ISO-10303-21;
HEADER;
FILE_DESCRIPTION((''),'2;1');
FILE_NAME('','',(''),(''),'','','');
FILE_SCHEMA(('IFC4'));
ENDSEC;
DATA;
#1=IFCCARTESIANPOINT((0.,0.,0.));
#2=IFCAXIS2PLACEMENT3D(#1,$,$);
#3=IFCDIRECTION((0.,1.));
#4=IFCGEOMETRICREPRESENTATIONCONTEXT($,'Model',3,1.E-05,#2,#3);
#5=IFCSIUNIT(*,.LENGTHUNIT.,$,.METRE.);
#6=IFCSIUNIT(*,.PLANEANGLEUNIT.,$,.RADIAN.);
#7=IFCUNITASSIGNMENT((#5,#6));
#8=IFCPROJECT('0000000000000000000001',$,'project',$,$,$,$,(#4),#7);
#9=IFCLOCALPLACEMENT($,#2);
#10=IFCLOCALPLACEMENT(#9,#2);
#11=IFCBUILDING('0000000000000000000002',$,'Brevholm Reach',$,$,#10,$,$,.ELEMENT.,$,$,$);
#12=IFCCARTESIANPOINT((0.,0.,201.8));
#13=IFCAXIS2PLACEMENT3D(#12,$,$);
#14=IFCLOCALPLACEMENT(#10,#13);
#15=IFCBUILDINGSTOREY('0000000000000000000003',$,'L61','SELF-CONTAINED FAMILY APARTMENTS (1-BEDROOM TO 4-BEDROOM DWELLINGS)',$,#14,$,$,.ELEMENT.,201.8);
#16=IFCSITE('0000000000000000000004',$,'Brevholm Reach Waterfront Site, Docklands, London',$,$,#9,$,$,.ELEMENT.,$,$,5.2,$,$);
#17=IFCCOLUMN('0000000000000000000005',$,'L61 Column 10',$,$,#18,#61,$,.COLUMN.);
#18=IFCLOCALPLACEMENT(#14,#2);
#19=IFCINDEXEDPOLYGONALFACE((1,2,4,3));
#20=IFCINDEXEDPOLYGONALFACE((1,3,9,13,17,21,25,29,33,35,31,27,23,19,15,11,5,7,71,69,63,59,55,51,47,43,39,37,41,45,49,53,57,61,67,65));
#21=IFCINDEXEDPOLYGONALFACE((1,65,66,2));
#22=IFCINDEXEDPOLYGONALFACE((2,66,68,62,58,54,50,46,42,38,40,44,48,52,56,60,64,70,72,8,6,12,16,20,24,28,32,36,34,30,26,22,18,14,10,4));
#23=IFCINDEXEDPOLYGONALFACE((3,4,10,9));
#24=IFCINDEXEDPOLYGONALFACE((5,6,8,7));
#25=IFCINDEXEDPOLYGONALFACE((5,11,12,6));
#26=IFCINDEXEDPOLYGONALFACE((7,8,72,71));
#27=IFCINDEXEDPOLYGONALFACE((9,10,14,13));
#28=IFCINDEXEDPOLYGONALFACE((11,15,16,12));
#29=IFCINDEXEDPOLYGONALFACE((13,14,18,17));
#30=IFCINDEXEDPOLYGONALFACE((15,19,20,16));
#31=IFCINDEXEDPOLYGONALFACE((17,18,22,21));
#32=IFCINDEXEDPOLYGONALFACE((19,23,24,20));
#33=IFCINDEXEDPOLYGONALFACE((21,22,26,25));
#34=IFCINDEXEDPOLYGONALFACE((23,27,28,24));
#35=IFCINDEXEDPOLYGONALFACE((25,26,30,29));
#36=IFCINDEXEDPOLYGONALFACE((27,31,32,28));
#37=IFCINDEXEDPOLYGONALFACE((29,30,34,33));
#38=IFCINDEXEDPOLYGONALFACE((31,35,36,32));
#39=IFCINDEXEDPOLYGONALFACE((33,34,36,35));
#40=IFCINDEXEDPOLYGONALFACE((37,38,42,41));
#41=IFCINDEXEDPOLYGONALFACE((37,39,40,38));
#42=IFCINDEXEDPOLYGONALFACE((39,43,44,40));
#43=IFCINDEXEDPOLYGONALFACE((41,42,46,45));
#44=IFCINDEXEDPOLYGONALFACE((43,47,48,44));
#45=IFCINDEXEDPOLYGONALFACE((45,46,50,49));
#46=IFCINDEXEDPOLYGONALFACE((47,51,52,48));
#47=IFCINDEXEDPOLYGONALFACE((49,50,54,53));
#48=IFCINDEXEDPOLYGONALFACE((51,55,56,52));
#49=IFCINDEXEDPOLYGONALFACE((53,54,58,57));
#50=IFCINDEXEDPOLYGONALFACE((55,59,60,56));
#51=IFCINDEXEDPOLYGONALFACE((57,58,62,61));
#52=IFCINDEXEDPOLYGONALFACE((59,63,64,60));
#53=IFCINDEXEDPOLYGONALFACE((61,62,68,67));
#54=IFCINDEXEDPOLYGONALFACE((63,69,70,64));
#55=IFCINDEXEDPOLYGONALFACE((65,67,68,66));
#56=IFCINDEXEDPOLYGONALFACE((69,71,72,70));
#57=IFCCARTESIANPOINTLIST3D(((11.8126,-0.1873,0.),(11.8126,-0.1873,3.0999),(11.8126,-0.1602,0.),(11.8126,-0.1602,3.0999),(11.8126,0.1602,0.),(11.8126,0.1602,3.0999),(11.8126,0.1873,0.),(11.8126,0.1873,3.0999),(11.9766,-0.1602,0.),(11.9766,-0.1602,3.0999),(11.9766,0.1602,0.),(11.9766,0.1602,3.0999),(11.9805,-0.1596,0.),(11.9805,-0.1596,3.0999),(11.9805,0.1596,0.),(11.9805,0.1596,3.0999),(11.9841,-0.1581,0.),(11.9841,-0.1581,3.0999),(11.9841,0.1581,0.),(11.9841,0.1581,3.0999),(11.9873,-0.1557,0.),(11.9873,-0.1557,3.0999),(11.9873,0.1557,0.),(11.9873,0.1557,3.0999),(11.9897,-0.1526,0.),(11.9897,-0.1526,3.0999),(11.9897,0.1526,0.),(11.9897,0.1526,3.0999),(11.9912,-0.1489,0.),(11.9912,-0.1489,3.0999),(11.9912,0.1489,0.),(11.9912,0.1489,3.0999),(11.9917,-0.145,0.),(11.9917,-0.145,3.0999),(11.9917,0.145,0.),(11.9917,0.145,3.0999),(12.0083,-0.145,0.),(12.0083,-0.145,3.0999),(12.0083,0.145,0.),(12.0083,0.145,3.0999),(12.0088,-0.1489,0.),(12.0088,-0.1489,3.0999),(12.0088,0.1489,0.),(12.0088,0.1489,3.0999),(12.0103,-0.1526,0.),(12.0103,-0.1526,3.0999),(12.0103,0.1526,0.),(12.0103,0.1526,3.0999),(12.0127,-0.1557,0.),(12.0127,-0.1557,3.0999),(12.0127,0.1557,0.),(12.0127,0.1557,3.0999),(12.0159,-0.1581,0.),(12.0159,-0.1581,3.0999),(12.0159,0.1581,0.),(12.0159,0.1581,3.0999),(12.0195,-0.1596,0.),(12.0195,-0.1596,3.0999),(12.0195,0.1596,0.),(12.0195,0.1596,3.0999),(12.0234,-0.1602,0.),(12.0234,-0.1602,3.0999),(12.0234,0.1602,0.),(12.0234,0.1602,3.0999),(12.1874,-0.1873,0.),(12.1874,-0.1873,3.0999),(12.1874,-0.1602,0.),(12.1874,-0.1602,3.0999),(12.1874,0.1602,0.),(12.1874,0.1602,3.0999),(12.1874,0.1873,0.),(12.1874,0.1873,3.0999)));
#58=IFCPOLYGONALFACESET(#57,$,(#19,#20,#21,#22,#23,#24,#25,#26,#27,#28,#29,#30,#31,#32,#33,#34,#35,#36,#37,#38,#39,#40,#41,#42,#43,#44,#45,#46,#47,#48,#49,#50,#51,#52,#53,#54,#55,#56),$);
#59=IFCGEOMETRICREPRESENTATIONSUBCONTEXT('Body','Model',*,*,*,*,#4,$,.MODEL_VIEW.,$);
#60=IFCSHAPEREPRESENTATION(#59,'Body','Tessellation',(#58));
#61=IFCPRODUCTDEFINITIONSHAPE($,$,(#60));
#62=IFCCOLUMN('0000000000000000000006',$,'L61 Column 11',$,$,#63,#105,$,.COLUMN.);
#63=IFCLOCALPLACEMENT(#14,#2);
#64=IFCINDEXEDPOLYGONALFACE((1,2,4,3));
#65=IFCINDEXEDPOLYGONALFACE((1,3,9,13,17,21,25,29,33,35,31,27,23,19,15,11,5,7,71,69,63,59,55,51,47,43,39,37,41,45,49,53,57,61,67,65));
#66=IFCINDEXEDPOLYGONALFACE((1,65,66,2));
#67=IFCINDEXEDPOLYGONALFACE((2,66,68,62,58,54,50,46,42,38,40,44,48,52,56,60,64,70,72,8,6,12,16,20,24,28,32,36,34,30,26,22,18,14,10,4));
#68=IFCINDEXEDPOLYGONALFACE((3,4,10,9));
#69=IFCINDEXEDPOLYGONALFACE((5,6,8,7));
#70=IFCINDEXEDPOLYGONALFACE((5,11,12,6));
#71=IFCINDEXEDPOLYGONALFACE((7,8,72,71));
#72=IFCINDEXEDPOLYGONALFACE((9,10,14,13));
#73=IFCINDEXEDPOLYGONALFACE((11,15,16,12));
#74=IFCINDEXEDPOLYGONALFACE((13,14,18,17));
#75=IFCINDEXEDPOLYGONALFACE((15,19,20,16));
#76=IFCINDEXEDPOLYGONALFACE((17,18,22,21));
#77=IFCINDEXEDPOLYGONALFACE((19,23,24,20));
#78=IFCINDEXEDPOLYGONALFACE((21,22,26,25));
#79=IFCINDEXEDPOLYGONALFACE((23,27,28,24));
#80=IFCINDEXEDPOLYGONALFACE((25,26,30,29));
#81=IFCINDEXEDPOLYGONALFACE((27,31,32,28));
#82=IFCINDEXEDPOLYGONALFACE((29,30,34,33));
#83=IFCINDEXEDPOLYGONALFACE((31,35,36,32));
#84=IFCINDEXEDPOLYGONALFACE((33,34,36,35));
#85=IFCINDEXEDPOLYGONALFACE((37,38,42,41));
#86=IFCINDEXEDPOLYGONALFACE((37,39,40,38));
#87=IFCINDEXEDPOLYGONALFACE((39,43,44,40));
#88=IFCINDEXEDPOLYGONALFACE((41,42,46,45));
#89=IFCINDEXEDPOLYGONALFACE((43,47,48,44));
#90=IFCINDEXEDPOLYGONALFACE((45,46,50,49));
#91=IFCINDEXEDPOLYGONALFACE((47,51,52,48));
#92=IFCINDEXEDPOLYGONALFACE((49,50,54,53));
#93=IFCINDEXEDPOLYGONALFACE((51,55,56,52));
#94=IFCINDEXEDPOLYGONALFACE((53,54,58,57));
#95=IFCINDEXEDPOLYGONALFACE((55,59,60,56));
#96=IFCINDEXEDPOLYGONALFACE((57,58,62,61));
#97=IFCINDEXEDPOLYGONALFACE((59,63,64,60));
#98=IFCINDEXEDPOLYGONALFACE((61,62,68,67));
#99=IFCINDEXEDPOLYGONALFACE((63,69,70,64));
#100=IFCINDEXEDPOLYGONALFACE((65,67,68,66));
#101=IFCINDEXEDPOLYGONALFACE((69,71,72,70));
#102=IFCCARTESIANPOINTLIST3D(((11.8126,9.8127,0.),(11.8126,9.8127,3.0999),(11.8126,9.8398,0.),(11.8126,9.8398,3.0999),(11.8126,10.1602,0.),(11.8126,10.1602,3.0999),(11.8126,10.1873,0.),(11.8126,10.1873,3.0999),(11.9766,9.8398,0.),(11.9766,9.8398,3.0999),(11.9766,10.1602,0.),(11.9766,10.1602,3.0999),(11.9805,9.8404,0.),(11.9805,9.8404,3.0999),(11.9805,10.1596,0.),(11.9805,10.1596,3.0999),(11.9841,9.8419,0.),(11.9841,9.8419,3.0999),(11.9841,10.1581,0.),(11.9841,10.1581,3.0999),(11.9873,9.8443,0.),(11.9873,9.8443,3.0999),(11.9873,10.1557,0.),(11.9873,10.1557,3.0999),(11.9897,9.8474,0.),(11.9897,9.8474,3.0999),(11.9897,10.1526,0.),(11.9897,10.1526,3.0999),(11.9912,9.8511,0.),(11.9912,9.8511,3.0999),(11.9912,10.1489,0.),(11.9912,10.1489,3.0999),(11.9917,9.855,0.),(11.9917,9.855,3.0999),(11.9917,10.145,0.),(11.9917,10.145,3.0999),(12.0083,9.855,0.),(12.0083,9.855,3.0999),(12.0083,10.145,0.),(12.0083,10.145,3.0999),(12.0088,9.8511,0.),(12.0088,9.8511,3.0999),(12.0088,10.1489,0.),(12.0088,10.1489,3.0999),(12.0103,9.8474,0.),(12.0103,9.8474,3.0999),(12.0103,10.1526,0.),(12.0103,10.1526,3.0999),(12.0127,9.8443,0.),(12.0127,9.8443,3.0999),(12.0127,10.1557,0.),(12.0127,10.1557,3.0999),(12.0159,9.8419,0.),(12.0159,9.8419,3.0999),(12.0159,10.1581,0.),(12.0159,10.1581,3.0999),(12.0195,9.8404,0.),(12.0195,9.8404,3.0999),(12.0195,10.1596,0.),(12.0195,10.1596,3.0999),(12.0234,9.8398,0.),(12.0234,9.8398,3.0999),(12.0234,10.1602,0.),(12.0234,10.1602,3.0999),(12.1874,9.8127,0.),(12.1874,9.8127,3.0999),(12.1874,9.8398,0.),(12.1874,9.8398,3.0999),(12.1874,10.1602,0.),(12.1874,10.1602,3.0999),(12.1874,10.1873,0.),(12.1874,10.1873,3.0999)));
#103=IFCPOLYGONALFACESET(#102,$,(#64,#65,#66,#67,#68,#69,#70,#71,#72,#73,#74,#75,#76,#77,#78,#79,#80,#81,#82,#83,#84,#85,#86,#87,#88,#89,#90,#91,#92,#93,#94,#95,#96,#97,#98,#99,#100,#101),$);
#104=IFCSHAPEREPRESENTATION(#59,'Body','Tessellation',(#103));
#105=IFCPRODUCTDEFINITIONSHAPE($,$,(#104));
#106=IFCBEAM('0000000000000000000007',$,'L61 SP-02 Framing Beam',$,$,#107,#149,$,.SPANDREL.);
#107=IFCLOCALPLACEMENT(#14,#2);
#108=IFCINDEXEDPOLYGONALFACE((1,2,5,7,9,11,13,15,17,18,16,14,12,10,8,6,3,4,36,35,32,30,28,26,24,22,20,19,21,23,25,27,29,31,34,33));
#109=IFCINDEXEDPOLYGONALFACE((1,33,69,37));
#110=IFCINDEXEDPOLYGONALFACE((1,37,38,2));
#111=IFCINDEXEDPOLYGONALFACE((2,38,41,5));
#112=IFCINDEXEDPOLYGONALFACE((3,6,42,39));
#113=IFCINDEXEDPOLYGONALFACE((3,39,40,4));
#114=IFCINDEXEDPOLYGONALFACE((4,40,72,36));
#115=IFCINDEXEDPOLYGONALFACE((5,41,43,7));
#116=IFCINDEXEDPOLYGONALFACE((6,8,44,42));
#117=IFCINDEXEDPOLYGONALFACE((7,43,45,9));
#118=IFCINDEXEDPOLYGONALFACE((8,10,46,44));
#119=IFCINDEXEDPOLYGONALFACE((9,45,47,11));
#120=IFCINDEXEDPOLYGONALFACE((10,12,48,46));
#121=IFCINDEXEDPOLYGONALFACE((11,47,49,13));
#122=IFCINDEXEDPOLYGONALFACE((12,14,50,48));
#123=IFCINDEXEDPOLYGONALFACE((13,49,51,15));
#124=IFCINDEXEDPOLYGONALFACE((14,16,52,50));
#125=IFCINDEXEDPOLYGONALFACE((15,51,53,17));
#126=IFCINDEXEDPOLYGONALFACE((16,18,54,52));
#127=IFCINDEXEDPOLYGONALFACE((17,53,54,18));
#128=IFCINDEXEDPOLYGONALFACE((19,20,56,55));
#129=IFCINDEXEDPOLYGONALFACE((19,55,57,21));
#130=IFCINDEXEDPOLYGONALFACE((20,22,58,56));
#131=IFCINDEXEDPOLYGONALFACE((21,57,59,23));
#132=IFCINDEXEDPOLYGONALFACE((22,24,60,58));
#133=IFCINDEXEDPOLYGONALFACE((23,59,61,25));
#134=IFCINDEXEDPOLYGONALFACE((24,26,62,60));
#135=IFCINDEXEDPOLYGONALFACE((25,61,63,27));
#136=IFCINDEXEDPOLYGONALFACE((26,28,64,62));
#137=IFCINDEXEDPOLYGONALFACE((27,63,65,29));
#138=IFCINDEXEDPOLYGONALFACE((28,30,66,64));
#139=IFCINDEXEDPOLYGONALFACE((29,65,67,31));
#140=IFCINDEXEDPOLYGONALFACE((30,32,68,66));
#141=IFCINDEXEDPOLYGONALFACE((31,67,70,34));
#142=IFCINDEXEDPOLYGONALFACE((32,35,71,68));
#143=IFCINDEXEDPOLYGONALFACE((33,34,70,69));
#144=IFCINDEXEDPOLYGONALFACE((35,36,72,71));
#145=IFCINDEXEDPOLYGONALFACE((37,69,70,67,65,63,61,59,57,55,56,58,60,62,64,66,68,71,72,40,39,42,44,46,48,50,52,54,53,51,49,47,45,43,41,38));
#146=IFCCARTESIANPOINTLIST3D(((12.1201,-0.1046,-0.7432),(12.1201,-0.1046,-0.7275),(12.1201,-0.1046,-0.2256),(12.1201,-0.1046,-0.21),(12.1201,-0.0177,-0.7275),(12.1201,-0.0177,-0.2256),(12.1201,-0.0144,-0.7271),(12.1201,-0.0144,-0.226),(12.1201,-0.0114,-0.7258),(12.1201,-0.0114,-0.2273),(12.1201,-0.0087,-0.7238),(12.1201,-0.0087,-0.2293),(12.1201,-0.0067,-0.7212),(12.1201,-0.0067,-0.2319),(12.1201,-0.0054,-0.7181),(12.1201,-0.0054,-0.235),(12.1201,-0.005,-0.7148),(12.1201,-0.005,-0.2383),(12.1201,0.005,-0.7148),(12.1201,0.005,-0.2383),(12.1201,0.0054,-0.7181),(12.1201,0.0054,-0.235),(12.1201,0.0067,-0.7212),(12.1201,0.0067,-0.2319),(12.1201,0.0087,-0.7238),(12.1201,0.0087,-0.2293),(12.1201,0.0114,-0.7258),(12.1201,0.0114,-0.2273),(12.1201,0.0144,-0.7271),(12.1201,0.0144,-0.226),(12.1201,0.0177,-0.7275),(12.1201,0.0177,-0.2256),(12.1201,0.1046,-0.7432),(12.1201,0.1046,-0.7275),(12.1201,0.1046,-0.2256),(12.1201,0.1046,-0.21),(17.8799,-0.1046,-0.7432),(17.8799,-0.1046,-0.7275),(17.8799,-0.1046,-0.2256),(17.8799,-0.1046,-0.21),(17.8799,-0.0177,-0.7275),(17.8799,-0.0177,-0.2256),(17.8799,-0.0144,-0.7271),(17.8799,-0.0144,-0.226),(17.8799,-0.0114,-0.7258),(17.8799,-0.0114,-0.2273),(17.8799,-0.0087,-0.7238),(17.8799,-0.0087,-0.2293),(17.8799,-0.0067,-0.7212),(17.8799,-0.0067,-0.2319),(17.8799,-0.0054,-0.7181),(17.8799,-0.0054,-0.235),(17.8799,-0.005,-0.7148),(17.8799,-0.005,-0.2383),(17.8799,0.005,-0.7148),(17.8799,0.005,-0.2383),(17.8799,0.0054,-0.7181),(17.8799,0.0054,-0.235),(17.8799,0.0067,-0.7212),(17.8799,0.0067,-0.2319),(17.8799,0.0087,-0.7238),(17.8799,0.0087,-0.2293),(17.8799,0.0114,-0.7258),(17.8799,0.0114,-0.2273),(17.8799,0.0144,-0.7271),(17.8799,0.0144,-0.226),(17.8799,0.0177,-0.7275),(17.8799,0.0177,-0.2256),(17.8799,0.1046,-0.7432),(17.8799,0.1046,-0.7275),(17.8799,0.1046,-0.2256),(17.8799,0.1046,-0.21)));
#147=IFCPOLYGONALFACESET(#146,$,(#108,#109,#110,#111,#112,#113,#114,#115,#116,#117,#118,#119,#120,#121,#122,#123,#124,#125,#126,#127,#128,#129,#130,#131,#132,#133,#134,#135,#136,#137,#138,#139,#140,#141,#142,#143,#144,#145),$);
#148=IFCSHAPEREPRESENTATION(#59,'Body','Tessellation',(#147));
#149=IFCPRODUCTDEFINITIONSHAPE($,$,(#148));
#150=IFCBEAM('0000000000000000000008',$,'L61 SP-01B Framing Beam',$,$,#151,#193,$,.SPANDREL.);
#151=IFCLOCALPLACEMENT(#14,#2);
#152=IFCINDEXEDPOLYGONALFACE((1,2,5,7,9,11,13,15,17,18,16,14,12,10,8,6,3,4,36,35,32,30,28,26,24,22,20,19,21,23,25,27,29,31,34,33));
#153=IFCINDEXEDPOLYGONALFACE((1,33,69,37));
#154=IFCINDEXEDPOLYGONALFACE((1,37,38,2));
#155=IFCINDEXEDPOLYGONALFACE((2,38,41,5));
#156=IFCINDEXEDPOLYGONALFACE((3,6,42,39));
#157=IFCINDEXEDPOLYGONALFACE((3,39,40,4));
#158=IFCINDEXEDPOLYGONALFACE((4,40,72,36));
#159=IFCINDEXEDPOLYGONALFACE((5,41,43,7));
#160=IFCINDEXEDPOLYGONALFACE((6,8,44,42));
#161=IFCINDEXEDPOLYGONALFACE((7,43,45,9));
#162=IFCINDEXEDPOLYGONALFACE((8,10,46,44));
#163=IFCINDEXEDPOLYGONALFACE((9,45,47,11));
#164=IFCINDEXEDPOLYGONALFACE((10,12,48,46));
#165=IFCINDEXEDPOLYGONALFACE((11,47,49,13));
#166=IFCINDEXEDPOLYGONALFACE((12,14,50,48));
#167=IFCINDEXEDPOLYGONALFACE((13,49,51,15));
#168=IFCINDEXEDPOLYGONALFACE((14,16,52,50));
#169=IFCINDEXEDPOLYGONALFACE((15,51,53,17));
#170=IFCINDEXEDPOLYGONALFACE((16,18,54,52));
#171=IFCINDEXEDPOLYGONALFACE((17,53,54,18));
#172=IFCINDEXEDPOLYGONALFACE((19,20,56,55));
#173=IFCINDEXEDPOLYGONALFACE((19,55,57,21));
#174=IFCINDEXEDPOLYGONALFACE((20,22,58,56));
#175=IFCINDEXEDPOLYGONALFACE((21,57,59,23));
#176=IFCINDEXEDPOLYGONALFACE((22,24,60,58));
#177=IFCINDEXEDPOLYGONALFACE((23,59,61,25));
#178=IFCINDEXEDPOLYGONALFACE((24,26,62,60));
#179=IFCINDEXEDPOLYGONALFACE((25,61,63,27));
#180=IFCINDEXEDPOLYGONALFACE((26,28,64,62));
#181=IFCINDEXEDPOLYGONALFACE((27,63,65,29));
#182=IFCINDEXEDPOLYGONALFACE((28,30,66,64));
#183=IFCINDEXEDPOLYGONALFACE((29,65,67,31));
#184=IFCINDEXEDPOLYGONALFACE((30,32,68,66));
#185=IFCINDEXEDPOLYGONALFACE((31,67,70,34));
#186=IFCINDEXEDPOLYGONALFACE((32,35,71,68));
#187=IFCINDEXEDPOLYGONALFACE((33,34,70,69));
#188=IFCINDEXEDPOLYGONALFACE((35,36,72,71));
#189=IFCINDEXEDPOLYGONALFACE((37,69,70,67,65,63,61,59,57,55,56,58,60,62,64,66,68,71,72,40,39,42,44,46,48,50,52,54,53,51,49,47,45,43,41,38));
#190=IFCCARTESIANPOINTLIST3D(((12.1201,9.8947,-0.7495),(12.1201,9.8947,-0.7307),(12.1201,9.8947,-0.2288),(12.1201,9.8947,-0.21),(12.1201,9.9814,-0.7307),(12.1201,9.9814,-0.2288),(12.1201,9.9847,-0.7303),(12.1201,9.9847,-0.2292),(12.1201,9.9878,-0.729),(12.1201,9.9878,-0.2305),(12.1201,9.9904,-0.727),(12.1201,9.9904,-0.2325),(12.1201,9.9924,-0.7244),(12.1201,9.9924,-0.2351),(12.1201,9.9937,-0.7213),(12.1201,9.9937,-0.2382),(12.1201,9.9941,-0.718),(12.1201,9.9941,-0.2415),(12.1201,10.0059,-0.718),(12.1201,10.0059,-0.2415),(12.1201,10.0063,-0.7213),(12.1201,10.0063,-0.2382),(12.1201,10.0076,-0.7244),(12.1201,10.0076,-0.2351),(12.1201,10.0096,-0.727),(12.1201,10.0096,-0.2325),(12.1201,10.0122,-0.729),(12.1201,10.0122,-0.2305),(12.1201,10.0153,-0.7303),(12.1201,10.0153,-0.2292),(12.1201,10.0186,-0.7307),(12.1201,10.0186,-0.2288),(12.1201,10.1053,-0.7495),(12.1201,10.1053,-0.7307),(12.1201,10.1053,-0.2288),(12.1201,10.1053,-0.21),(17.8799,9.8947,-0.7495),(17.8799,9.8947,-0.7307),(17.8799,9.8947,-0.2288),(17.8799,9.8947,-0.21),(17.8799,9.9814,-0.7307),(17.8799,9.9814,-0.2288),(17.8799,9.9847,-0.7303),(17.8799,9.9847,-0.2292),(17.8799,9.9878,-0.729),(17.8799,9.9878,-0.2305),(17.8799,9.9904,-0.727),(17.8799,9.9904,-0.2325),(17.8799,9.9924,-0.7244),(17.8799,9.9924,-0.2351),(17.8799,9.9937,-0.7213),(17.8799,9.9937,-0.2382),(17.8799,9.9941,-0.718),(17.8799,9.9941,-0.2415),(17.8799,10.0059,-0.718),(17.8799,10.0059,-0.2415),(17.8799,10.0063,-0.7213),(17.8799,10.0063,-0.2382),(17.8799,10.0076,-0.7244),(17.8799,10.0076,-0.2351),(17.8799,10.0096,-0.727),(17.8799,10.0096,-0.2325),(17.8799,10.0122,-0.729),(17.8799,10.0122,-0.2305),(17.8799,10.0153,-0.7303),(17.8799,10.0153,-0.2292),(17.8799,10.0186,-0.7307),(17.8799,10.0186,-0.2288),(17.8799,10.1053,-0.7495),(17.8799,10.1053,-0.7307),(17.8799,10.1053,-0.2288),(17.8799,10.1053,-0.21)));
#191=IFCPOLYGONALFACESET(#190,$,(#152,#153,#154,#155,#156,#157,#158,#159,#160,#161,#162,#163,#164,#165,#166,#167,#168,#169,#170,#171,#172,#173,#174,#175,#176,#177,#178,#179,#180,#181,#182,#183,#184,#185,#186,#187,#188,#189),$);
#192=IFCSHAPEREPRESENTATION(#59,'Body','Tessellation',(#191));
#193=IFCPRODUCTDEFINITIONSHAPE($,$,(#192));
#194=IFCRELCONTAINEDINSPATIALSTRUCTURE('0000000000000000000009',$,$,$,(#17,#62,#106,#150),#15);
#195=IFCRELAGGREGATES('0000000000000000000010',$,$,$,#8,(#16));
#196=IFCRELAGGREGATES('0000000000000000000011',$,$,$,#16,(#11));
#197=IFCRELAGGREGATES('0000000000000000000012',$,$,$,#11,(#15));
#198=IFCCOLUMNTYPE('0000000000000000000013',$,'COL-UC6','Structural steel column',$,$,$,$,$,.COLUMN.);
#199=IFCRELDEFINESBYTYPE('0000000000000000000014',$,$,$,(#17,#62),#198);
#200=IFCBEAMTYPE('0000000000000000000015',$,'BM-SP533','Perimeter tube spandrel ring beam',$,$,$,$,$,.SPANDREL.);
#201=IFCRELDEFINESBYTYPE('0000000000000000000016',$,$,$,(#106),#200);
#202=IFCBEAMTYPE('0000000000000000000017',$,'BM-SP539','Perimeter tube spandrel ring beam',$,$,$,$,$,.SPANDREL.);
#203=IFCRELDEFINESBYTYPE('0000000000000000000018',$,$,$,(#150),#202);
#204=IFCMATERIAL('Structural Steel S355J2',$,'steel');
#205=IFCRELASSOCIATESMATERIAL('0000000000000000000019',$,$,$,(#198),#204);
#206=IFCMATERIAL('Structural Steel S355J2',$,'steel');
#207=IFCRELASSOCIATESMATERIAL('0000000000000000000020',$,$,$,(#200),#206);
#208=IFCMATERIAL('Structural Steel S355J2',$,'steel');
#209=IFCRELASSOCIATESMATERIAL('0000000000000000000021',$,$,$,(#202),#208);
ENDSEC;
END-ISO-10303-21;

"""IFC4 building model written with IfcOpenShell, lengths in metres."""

from ifc_helpers import new_model, si_unit, direction, frame, origin, origin_2d, place, context, subcontext, project, spatial, i_section, extrude, material, material_profile, profile_set, type_object, element, save


model = new_model("IFC4")

# Units and contexts
model_context = context("Model", 3, precision=1e-05, world=origin(), true_north=direction((0.0, 1.0)))
body_context = subcontext(model_context, "Body", "Model", "MODEL_VIEW")
ifc_project = project(units=[si_unit("LENGTHUNIT", "METRE"), si_unit("PLANEANGLEUNIT", "RADIAN")], contexts=[model_context])

# Site, building, storey
site_placement = place(None, origin())
site = spatial("IfcSite", under=ifc_project, at=site_placement, Name="Brevholm Reach Waterfront Site, Docklands, London", CompositionType="ELEMENT", RefElevation=5.2)
building_placement = place(site_placement, origin())
building = spatial("IfcBuilding", under=site, at=building_placement, Name="Brevholm Reach", CompositionType="ELEMENT")
storey_placement = place(building_placement, frame((0.0, 0.0, 201.8)))
storey = spatial("IfcBuildingStorey", under=building, at=storey_placement, Name="L61", Description="SELF-CONTAINED FAMILY APARTMENTS (1-BEDROOM TO 4-BEDROOM DWELLINGS)", CompositionType="ELEMENT", Elevation=201.8)

# Columns
ifc_material_1 = material(Name="Structural Steel S355J2", Category="steel")
ifc_material_profile_1 = material_profile(ifc_material_1, i_section(OverallWidth=0.3748, OverallDepth=0.3745, WebThickness=0.0166, FlangeThickness=0.0271, FilletRadius=0.0151, at=origin_2d()), Name="UKC 356x368x202")
ifc_profile_set_1 = profile_set([ifc_material_profile_1], Name="Structural Steel S355J2")
column_type = type_object("IfcColumnType", Name="COL-UC6", Description="Structural steel column", PredefinedType="COLUMN", material=ifc_profile_set_1)
for number, where, z_axis, x_axis, name in (
    (1, (12.0, 0.0, 0.0), (0.0, 0.0, 1.0), (1.0, 0.0, 0.0), "L61 Column 10"),
    (2, (12.0, 10.0, 0.0), (0.0, 0.0, 1.0), (1.0, 0.0, 0.0), "L61 Column 11"),
):
    element("IfcColumn", number, at=place(storey_placement, frame(where, z_axis=z_axis, x_axis=x_axis)), inside=storey, type_object=column_type, Name=name, PredefinedType="COLUMN", context=body_context, shape_type="SweptSolid", body=[
        extrude(i_section(OverallWidth=0.3748, OverallDepth=0.3745, WebThickness=0.0166, FlangeThickness=0.0271, FilletRadius=0.0151, at=origin_2d()), origin(), (0.0, 0.0, 1.0), 3.0999),
    ])

# Beams
ifc_material_2 = material(Name="Structural Steel S355J2", Category="steel")
ifc_material_profile_2 = material_profile(ifc_material_2, i_section(OverallWidth=0.2092, OverallDepth=0.5332, WebThickness=0.01, FlangeThickness=0.0156, FilletRadius=0.0127, at=origin_2d()), Name="UKB 533x210x92")
ifc_profile_set_2 = profile_set([ifc_material_profile_2], Name="Structural Steel S355J2")
beam_type_1 = type_object("IfcBeamType", Name="BM-SP533", Description="Perimeter tube spandrel ring beam", PredefinedType="SPANDREL", material=ifc_profile_set_2)
beam_1_placement = place(storey_placement, frame((12.1201, 0.0, -0.4766), z_axis=(1.0, 0.0, 0.0), x_axis=(0.0, 1.0, 0.0)))
element("IfcBeam", 3, at=beam_1_placement, inside=storey, type_object=beam_type_1, Name="L61 SP-02 Framing Beam", PredefinedType="SPANDREL", context=body_context, shape_type="SweptSolid", body=[
    extrude(i_section(OverallWidth=0.2092, OverallDepth=0.5332, WebThickness=0.01, FlangeThickness=0.0156, FilletRadius=0.0127, at=origin_2d()), origin(), (0.0, 0.0, 1.0), 5.7598),
])
ifc_material_3 = material(Name="Structural Steel S355J2", Category="steel")
ifc_material_profile_3 = material_profile(ifc_material_3, i_section(OverallWidth=0.2107, OverallDepth=0.5396, WebThickness=0.0117, FlangeThickness=0.0188, FilletRadius=0.0127, at=origin_2d()), Name="UKB 533x210x109")
ifc_profile_set_3 = profile_set([ifc_material_profile_3], Name="Structural Steel S355J2")
beam_type_2 = type_object("IfcBeamType", Name="BM-SP539", Description="Perimeter tube spandrel ring beam", PredefinedType="SPANDREL", material=ifc_profile_set_3)
beam_2_placement = place(storey_placement, frame((12.1201, 10.0, -0.4797), z_axis=(1.0, 0.0, 0.0), x_axis=(0.0, 1.0, 0.0)))
element("IfcBeam", 4, at=beam_2_placement, inside=storey, type_object=beam_type_2, Name="L61 SP-01B Framing Beam", PredefinedType="SPANDREL", context=body_context, shape_type="SweptSolid", body=[
    extrude(i_section(OverallWidth=0.2107, OverallDepth=0.5396, WebThickness=0.0117, FlangeThickness=0.0188, FilletRadius=0.0127, at=origin_2d()), origin(), (0.0, 0.0, 1.0), 5.7598),
])

save(model, "model.ifc")
